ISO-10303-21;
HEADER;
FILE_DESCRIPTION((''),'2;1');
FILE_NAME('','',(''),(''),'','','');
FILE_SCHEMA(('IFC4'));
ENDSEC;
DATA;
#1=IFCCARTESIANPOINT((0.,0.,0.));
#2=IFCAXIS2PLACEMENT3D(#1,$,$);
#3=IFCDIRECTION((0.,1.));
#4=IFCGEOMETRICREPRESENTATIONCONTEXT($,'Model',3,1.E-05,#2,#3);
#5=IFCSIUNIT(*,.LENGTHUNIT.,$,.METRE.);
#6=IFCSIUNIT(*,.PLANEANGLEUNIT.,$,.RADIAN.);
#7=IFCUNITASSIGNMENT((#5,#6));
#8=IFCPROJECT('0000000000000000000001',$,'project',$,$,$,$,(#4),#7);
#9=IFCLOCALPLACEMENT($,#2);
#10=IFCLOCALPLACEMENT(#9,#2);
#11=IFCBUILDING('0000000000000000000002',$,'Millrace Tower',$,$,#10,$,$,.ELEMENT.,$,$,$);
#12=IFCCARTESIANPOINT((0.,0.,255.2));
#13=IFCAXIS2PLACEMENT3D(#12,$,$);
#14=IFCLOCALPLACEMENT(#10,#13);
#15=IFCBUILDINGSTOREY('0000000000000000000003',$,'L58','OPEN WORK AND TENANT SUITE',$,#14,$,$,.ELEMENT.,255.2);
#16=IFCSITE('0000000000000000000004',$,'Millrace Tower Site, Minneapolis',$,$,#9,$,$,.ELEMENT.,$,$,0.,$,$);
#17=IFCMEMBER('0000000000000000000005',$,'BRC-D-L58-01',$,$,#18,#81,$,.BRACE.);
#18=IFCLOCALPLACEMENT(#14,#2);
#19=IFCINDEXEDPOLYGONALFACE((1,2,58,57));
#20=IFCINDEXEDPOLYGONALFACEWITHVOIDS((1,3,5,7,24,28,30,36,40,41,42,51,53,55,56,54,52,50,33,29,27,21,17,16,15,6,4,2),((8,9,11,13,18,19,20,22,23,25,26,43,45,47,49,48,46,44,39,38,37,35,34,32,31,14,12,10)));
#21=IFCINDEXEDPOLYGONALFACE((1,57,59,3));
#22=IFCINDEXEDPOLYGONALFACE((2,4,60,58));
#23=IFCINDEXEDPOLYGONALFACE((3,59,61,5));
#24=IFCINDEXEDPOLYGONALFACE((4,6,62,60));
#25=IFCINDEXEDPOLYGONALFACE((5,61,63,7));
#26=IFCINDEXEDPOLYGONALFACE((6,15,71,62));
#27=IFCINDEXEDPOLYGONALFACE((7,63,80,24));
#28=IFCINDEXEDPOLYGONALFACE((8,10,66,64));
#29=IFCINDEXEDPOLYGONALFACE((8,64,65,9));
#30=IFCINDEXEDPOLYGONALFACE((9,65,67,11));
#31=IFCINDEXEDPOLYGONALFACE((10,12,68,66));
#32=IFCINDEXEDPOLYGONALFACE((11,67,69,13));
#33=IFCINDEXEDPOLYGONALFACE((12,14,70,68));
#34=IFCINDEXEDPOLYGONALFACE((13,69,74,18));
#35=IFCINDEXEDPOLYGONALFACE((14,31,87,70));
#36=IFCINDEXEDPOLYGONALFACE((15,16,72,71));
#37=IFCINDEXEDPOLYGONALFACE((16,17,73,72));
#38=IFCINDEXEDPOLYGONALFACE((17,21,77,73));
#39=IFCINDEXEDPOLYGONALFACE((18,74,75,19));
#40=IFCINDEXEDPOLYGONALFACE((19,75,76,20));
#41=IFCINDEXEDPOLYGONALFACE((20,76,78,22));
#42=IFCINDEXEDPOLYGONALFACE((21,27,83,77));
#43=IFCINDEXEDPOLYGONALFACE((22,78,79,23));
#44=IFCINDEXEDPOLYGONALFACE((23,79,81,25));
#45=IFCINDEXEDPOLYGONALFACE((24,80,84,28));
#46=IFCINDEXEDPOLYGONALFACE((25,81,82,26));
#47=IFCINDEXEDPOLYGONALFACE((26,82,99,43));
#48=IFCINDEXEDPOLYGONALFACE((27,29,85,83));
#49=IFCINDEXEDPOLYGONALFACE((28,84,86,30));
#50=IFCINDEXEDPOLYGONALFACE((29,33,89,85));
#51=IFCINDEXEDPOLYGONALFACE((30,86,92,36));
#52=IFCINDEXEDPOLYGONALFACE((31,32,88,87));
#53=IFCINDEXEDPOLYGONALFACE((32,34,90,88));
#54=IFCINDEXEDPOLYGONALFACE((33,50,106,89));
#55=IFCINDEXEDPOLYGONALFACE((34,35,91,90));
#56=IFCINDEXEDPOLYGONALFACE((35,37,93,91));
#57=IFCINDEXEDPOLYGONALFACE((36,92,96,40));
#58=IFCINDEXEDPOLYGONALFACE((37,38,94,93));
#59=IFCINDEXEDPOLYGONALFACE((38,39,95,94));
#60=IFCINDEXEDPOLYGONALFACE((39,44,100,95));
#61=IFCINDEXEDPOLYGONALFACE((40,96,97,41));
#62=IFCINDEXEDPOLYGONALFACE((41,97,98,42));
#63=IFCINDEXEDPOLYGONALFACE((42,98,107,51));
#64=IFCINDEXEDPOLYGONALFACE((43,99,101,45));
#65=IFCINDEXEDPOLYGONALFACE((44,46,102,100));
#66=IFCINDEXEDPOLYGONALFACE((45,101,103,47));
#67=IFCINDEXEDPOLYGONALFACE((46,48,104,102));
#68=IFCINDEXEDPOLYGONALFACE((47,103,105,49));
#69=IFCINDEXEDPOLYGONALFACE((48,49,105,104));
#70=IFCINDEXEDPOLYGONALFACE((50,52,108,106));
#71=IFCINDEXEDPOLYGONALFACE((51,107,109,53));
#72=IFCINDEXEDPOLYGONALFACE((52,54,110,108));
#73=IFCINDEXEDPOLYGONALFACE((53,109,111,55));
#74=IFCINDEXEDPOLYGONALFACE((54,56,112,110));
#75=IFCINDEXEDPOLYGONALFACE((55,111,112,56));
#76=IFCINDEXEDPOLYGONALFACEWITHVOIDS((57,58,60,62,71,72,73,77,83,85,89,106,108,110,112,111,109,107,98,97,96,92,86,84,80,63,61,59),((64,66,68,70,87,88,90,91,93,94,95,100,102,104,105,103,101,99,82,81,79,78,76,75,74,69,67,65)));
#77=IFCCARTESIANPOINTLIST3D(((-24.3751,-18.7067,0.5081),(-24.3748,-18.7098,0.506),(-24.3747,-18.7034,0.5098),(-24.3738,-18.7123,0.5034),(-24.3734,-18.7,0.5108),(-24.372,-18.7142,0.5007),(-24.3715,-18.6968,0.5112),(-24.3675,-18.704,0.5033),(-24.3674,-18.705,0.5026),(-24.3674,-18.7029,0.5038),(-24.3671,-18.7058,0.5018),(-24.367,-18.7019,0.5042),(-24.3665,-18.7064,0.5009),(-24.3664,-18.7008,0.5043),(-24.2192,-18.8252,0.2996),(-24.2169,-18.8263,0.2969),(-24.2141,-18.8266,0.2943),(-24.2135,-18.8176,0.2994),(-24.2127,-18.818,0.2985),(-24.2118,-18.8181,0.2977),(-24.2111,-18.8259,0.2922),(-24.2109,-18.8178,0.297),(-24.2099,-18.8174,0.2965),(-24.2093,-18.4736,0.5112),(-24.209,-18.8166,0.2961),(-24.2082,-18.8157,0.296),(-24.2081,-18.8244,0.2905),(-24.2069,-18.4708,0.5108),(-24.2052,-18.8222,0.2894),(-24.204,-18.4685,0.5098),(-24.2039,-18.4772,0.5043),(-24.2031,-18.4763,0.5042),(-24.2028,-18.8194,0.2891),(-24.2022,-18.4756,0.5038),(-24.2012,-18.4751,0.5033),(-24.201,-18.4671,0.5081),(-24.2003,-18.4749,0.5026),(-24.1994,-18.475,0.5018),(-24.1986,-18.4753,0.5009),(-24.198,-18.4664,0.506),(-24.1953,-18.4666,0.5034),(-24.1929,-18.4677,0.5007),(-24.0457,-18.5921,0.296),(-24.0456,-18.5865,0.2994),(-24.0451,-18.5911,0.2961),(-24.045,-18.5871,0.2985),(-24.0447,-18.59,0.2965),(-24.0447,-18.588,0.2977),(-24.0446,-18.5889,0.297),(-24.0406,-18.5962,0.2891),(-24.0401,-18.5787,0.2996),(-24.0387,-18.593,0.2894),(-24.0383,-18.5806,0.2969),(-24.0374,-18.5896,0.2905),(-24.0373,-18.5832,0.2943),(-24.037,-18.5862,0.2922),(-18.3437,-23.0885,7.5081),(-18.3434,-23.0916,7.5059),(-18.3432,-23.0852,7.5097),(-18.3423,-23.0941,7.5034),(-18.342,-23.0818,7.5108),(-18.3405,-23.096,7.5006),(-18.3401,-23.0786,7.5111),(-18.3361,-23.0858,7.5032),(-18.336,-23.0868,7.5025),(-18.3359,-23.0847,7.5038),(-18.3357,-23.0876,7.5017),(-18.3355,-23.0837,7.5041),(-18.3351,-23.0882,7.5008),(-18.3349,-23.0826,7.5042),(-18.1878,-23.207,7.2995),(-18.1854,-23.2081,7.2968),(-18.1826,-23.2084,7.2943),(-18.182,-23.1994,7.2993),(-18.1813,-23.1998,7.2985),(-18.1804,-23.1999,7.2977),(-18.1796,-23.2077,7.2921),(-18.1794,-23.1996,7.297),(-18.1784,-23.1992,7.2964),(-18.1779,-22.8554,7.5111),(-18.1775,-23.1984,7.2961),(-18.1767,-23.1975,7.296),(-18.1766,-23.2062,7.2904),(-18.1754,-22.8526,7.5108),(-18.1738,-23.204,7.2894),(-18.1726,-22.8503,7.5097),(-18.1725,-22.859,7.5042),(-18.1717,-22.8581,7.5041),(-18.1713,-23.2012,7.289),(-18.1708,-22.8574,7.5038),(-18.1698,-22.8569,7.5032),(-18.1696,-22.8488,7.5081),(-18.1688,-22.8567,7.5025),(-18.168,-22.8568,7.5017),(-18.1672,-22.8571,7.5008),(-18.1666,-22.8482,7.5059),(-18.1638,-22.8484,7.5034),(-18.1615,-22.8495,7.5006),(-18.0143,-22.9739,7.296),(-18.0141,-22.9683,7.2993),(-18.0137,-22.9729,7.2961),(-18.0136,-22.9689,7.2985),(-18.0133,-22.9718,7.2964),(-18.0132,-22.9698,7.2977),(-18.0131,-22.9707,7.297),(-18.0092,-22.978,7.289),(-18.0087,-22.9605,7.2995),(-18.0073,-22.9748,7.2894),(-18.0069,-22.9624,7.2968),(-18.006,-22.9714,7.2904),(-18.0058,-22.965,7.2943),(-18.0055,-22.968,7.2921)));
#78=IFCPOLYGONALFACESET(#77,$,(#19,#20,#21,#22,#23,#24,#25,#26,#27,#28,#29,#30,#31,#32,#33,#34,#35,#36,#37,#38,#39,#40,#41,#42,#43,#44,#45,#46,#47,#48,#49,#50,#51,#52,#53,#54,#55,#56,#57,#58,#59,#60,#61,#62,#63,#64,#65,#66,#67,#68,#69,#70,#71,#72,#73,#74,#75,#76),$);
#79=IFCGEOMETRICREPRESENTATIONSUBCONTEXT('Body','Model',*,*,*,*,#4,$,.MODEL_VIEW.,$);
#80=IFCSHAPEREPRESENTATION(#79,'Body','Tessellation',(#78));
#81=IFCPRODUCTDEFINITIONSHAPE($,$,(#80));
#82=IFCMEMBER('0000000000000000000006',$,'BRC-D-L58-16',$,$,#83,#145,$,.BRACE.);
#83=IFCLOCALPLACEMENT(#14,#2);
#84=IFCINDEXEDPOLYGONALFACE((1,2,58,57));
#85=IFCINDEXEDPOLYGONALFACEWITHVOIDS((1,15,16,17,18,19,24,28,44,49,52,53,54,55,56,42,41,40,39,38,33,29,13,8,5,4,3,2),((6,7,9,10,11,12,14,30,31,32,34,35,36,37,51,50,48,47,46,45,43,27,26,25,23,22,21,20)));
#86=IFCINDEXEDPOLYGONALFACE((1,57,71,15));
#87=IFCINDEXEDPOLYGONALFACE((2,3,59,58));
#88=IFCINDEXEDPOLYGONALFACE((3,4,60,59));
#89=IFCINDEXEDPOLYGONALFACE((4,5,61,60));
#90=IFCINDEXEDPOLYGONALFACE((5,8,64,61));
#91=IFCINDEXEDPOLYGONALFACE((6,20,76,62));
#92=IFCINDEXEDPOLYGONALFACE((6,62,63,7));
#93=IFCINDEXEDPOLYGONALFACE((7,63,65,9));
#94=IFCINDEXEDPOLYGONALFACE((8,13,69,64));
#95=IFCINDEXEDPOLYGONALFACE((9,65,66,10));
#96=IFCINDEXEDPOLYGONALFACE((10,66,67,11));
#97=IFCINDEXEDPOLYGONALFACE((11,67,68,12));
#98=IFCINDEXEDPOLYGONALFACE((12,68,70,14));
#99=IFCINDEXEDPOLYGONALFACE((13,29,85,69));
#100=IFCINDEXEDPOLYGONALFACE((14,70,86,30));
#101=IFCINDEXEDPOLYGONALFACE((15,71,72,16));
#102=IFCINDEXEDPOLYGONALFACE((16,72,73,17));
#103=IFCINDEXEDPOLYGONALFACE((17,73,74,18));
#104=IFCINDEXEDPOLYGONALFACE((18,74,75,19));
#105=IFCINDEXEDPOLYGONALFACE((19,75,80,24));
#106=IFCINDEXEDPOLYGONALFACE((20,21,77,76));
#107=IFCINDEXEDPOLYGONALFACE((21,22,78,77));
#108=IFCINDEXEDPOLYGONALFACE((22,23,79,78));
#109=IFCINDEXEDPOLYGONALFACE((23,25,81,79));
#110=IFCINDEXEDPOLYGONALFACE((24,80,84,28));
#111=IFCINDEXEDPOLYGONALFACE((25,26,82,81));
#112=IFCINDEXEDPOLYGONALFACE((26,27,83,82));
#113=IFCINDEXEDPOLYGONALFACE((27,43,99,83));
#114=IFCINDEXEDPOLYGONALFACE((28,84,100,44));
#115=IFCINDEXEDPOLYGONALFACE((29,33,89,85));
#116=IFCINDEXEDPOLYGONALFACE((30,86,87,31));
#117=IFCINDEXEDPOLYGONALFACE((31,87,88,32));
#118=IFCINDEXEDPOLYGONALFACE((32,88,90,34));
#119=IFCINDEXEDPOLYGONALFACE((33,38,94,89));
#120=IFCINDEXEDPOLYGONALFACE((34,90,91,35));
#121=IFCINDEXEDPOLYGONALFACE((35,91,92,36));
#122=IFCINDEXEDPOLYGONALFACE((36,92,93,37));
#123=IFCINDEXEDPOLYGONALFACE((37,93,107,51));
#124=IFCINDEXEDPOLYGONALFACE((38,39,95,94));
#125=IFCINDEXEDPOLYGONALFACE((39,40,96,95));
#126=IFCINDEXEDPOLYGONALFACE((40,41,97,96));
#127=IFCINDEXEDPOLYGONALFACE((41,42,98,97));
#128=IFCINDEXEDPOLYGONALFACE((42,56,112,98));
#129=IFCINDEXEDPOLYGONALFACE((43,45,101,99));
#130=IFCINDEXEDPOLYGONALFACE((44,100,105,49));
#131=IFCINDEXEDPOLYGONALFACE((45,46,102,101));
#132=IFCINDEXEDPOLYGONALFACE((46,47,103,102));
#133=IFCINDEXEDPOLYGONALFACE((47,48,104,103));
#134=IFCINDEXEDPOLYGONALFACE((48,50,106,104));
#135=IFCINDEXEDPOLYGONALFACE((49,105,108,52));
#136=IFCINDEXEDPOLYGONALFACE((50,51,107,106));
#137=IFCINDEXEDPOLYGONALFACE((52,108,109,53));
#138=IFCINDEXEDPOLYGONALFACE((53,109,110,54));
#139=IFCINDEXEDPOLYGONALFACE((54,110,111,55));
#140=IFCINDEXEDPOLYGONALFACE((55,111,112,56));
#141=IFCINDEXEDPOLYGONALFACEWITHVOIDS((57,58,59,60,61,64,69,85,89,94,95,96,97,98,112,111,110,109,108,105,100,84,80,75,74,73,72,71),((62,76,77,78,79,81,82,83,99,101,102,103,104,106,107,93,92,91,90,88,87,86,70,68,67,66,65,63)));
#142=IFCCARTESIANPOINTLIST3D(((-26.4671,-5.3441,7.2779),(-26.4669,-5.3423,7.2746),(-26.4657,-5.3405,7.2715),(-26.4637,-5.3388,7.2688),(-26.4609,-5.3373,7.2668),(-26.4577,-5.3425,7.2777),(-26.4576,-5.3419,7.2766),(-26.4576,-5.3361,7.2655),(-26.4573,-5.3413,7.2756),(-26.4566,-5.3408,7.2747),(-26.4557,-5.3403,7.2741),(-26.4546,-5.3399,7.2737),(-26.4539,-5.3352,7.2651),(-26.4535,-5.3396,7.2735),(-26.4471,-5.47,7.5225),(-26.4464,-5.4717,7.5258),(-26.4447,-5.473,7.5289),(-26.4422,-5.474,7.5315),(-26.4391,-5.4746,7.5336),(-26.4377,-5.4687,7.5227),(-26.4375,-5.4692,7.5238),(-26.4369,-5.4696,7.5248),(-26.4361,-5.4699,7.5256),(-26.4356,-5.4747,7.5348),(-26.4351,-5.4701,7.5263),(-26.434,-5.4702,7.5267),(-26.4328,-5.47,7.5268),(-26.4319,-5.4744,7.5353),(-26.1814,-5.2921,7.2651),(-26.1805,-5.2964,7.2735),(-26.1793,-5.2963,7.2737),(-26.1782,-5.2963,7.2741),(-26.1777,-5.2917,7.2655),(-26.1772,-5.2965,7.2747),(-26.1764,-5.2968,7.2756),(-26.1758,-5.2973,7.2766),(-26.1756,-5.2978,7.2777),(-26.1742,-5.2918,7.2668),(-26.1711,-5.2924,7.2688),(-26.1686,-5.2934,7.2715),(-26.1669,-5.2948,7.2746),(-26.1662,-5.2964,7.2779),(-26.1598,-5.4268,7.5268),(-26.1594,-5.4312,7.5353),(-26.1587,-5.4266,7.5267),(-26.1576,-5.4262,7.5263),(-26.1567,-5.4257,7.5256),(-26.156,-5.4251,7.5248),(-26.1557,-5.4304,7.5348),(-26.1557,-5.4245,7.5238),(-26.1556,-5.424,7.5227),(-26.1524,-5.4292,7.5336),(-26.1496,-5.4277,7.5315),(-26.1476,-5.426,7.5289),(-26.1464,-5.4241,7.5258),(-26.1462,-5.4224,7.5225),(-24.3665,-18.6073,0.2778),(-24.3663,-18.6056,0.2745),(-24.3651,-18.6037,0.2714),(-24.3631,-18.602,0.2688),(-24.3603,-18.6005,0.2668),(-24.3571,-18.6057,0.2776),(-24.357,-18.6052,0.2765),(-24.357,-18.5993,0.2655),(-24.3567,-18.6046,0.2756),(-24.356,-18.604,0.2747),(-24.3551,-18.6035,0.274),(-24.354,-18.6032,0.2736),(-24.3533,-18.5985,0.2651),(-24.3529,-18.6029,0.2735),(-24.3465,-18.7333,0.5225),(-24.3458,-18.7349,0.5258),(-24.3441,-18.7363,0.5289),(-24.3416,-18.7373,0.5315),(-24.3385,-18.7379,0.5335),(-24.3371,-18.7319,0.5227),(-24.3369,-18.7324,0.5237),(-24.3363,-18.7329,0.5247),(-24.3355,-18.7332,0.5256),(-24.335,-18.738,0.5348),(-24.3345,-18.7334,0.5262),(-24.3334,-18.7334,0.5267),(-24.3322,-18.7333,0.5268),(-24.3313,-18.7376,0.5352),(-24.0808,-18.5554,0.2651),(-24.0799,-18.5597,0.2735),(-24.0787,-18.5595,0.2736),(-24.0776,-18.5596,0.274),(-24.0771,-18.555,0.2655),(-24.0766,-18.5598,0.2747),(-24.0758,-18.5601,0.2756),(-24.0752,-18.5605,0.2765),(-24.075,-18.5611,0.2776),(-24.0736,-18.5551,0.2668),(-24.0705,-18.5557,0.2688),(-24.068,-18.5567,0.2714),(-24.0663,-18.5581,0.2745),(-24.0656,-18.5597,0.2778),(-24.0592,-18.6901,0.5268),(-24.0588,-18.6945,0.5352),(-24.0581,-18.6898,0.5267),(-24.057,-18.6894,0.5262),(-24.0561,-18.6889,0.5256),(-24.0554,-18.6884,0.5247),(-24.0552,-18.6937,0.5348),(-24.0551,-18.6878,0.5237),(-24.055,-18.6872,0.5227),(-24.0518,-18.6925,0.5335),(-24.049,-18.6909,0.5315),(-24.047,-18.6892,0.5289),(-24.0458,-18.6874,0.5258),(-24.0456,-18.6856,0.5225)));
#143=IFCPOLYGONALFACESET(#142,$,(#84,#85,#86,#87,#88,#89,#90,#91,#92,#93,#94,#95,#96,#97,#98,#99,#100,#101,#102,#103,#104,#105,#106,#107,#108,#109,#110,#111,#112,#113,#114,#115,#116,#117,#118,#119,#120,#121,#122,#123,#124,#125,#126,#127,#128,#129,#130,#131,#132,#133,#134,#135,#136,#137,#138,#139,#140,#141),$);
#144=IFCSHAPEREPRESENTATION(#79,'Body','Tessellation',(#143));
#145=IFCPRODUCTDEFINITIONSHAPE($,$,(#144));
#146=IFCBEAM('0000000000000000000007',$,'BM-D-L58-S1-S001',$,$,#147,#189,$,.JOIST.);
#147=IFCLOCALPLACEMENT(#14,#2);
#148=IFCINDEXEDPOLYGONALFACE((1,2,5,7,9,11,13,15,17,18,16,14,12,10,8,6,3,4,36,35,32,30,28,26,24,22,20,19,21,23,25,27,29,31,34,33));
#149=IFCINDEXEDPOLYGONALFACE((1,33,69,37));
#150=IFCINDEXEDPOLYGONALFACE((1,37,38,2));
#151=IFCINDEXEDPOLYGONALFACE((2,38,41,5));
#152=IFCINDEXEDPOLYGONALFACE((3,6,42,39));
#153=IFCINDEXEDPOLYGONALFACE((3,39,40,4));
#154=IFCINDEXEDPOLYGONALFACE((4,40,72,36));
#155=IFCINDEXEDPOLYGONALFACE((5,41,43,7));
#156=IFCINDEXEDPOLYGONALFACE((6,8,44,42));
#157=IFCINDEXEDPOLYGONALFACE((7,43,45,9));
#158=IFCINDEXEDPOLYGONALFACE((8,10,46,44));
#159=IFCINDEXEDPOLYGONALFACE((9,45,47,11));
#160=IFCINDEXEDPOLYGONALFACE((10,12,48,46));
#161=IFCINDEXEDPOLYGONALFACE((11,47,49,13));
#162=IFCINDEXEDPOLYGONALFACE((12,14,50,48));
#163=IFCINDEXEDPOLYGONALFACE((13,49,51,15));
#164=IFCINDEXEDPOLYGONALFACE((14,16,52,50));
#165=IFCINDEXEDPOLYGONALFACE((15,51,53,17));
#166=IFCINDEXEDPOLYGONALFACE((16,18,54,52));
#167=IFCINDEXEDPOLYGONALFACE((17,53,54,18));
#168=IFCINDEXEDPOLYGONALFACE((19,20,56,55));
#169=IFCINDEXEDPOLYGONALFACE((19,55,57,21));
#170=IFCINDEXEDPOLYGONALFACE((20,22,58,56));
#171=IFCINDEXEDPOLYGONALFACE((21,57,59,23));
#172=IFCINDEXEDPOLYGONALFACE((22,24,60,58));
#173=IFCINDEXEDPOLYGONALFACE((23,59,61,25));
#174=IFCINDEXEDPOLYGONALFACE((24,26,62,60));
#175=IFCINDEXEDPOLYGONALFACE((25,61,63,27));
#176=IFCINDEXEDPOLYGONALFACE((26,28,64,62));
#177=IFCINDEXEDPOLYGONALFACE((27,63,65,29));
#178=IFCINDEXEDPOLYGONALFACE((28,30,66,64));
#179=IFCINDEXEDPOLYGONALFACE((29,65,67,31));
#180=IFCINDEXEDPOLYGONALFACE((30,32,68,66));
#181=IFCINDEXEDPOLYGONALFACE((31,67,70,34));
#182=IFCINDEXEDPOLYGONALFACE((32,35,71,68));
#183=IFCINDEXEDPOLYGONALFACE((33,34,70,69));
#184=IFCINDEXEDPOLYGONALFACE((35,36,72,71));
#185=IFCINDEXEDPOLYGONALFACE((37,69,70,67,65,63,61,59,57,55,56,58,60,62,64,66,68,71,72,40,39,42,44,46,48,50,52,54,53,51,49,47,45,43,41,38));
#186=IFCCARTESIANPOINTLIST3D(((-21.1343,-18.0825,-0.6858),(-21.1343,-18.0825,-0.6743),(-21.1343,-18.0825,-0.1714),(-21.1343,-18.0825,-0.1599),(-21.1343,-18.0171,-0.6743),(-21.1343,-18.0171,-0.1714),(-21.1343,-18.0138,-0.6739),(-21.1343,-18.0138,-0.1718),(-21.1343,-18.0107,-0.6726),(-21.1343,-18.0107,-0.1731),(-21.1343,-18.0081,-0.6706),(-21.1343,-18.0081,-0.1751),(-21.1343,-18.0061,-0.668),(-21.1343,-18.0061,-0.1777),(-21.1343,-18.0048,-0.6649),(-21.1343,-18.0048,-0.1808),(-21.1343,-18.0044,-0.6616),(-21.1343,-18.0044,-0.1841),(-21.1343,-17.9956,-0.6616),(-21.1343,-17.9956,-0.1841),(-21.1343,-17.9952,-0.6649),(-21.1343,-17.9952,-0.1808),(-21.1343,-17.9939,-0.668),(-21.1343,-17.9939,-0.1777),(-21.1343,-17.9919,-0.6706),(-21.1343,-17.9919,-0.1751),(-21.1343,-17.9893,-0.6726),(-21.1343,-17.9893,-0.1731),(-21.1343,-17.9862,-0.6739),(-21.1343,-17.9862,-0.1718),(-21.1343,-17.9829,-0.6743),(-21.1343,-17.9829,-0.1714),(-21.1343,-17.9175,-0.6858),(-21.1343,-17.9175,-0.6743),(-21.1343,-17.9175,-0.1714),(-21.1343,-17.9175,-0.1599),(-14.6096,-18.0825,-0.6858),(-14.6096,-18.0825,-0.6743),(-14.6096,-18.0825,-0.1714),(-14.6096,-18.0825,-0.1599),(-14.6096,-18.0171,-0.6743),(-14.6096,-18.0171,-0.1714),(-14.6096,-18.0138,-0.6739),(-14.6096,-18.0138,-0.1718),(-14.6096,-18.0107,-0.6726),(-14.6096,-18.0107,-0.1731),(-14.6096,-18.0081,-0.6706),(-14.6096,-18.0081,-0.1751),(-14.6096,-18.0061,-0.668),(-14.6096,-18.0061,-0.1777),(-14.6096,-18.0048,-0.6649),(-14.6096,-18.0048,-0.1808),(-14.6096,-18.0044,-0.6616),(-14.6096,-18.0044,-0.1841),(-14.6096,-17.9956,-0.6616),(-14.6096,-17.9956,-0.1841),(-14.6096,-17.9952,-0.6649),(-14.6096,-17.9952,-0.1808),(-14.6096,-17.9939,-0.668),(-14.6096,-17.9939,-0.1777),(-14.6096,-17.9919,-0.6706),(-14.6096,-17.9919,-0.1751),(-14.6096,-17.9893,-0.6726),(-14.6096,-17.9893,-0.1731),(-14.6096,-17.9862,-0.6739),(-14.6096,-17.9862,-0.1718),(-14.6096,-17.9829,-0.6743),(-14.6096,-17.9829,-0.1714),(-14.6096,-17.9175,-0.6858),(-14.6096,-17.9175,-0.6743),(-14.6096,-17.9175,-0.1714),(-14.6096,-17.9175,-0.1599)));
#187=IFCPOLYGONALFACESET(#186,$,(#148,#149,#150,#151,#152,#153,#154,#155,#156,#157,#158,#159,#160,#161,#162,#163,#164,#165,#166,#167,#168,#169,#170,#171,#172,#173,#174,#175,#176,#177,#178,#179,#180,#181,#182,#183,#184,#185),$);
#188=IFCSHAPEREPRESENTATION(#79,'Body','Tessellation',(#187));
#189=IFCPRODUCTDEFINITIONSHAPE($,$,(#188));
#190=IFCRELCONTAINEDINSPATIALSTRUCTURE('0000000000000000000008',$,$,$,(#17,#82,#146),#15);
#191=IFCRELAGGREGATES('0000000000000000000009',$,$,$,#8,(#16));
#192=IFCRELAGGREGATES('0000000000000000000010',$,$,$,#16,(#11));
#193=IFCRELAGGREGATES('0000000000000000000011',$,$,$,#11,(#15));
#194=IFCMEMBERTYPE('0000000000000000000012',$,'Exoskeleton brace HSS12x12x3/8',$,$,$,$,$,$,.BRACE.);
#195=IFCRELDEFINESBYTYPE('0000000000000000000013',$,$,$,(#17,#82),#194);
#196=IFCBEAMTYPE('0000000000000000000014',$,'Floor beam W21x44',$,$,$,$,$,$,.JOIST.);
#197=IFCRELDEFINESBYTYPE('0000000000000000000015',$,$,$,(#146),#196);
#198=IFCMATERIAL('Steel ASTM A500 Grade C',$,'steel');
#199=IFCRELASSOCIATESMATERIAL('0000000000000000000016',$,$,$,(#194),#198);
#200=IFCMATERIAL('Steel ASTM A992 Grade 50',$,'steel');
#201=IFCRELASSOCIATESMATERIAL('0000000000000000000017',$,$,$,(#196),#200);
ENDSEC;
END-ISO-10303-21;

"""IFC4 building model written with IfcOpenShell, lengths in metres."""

from ifc_helpers import new_model, si_unit, direction, frame, origin, origin_2d, place, context, subcontext, project, spatial, hollow_rectangle, i_section, extrude, material, material_profile, profile_set, type_object, element, save


model = new_model("IFC4")

# Units and contexts
model_context = context("Model", 3, precision=1e-05, world=origin(), true_north=direction((0.0, 1.0)))
body_context = subcontext(model_context, "Body", "Model", "MODEL_VIEW")
ifc_project = project(units=[si_unit("LENGTHUNIT", "METRE"), si_unit("PLANEANGLEUNIT", "RADIAN")], contexts=[model_context])

# Site, building, storey
site_placement = place(None, origin())
site = spatial("IfcSite", under=ifc_project, at=site_placement, Name="Millrace Tower Site, Minneapolis", CompositionType="ELEMENT", RefElevation=0.0)
building_placement = place(site_placement, origin())
building = spatial("IfcBuilding", under=site, at=building_placement, Name="Millrace Tower", CompositionType="ELEMENT")
storey_placement = place(building_placement, frame((0.0, 0.0, 255.2)))
storey = spatial("IfcBuildingStorey", under=building, at=storey_placement, Name="L58", Description="OPEN WORK AND TENANT SUITE", CompositionType="ELEMENT", Elevation=255.2)

# Members
ifc_material_1 = material(Name="Steel ASTM A500 Grade C", Category="steel")
ifc_material_profile_1 = material_profile(ifc_material_1, hollow_rectangle(XDim=0.3047, YDim=0.3047, WallThickness=0.0095, InnerFilletRadius=0.0046, OuterFilletRadius=0.0144, at=origin_2d()))
ifc_profile_set_1 = profile_set([ifc_material_profile_1], Name="Steel ASTM A500 Grade C")
member_type_1 = type_object("IfcMemberType", Name="Exoskeleton brace HSS12x12x3/8", PredefinedType="BRACE", material=ifc_profile_set_1)
member_1_placement = place(storey_placement, frame((-24.2061, -18.6465, 0.4001), z_axis=(0.589796, -0.428482, 0.684502), x_axis=(0.587759, 0.809036, 0.0)))
element("IfcMember", 1, at=member_1_placement, inside=storey, type_object=member_type_1, Name="BRC-D-L58-01", PredefinedType="BRACE", context=body_context, shape_type="SweptSolid", body=[
    extrude(hollow_rectangle(XDim=0.3047, YDim=0.3047, WallThickness=0.0095, InnerFilletRadius=0.0046, OuterFilletRadius=0.0144, at=origin_2d()), origin(), (0.0, 0.0, 1.0), 10.2263),
])
member_2_placement = place(storey_placement, frame((-24.2061, -18.6465, 0.4001), z_axis=(-0.138712, 0.875836, 0.462246), x_axis=(-0.987689, -0.156427, 0.0)))
element("IfcMember", 2, at=member_2_placement, inside=storey, type_object=member_type_1, Name="BRC-D-L58-16", PredefinedType="BRACE", context=body_context, shape_type="SweptSolid", body=[
    extrude(hollow_rectangle(XDim=0.3047, YDim=0.3047, WallThickness=0.0095, InnerFilletRadius=0.0046, OuterFilletRadius=0.0144, at=origin_2d()), origin(), (0.0, 0.0, 1.0), 15.1436),
])

# Beam
ifc_material_2 = material(Name="Steel ASTM A992 Grade 50", Category="steel")
ifc_material_profile_2 = material_profile(ifc_material_2, i_section(OverallWidth=0.165, OverallDepth=0.5259, WebThickness=0.0088, FlangeThickness=0.0115, FilletRadius=0.0127, at=origin_2d()))
ifc_profile_set_2 = profile_set([ifc_material_profile_2], Name="Steel ASTM A992 Grade 50")
beam_type_1 = type_object("IfcBeamType", Name="Floor beam W21x44", PredefinedType="JOIST", material=ifc_profile_set_2)
beam_1_placement = place(storey_placement, frame((-21.1343, -18.0, -0.4229), z_axis=(1.0, 0.0, 0.0), x_axis=(0.0, 1.0, 0.0)))
element("IfcBeam", 3, at=beam_1_placement, inside=storey, type_object=beam_type_1, Name="BM-D-L58-S1-S001", PredefinedType="JOIST", context=body_context, shape_type="SweptSolid", body=[
    extrude(i_section(OverallWidth=0.165, OverallDepth=0.5259, WebThickness=0.0088, FlangeThickness=0.0115, FilletRadius=0.0127, at=origin_2d()), origin(), (0.0, 0.0, 1.0), 6.5247),
])

save(model, "model.ifc")
